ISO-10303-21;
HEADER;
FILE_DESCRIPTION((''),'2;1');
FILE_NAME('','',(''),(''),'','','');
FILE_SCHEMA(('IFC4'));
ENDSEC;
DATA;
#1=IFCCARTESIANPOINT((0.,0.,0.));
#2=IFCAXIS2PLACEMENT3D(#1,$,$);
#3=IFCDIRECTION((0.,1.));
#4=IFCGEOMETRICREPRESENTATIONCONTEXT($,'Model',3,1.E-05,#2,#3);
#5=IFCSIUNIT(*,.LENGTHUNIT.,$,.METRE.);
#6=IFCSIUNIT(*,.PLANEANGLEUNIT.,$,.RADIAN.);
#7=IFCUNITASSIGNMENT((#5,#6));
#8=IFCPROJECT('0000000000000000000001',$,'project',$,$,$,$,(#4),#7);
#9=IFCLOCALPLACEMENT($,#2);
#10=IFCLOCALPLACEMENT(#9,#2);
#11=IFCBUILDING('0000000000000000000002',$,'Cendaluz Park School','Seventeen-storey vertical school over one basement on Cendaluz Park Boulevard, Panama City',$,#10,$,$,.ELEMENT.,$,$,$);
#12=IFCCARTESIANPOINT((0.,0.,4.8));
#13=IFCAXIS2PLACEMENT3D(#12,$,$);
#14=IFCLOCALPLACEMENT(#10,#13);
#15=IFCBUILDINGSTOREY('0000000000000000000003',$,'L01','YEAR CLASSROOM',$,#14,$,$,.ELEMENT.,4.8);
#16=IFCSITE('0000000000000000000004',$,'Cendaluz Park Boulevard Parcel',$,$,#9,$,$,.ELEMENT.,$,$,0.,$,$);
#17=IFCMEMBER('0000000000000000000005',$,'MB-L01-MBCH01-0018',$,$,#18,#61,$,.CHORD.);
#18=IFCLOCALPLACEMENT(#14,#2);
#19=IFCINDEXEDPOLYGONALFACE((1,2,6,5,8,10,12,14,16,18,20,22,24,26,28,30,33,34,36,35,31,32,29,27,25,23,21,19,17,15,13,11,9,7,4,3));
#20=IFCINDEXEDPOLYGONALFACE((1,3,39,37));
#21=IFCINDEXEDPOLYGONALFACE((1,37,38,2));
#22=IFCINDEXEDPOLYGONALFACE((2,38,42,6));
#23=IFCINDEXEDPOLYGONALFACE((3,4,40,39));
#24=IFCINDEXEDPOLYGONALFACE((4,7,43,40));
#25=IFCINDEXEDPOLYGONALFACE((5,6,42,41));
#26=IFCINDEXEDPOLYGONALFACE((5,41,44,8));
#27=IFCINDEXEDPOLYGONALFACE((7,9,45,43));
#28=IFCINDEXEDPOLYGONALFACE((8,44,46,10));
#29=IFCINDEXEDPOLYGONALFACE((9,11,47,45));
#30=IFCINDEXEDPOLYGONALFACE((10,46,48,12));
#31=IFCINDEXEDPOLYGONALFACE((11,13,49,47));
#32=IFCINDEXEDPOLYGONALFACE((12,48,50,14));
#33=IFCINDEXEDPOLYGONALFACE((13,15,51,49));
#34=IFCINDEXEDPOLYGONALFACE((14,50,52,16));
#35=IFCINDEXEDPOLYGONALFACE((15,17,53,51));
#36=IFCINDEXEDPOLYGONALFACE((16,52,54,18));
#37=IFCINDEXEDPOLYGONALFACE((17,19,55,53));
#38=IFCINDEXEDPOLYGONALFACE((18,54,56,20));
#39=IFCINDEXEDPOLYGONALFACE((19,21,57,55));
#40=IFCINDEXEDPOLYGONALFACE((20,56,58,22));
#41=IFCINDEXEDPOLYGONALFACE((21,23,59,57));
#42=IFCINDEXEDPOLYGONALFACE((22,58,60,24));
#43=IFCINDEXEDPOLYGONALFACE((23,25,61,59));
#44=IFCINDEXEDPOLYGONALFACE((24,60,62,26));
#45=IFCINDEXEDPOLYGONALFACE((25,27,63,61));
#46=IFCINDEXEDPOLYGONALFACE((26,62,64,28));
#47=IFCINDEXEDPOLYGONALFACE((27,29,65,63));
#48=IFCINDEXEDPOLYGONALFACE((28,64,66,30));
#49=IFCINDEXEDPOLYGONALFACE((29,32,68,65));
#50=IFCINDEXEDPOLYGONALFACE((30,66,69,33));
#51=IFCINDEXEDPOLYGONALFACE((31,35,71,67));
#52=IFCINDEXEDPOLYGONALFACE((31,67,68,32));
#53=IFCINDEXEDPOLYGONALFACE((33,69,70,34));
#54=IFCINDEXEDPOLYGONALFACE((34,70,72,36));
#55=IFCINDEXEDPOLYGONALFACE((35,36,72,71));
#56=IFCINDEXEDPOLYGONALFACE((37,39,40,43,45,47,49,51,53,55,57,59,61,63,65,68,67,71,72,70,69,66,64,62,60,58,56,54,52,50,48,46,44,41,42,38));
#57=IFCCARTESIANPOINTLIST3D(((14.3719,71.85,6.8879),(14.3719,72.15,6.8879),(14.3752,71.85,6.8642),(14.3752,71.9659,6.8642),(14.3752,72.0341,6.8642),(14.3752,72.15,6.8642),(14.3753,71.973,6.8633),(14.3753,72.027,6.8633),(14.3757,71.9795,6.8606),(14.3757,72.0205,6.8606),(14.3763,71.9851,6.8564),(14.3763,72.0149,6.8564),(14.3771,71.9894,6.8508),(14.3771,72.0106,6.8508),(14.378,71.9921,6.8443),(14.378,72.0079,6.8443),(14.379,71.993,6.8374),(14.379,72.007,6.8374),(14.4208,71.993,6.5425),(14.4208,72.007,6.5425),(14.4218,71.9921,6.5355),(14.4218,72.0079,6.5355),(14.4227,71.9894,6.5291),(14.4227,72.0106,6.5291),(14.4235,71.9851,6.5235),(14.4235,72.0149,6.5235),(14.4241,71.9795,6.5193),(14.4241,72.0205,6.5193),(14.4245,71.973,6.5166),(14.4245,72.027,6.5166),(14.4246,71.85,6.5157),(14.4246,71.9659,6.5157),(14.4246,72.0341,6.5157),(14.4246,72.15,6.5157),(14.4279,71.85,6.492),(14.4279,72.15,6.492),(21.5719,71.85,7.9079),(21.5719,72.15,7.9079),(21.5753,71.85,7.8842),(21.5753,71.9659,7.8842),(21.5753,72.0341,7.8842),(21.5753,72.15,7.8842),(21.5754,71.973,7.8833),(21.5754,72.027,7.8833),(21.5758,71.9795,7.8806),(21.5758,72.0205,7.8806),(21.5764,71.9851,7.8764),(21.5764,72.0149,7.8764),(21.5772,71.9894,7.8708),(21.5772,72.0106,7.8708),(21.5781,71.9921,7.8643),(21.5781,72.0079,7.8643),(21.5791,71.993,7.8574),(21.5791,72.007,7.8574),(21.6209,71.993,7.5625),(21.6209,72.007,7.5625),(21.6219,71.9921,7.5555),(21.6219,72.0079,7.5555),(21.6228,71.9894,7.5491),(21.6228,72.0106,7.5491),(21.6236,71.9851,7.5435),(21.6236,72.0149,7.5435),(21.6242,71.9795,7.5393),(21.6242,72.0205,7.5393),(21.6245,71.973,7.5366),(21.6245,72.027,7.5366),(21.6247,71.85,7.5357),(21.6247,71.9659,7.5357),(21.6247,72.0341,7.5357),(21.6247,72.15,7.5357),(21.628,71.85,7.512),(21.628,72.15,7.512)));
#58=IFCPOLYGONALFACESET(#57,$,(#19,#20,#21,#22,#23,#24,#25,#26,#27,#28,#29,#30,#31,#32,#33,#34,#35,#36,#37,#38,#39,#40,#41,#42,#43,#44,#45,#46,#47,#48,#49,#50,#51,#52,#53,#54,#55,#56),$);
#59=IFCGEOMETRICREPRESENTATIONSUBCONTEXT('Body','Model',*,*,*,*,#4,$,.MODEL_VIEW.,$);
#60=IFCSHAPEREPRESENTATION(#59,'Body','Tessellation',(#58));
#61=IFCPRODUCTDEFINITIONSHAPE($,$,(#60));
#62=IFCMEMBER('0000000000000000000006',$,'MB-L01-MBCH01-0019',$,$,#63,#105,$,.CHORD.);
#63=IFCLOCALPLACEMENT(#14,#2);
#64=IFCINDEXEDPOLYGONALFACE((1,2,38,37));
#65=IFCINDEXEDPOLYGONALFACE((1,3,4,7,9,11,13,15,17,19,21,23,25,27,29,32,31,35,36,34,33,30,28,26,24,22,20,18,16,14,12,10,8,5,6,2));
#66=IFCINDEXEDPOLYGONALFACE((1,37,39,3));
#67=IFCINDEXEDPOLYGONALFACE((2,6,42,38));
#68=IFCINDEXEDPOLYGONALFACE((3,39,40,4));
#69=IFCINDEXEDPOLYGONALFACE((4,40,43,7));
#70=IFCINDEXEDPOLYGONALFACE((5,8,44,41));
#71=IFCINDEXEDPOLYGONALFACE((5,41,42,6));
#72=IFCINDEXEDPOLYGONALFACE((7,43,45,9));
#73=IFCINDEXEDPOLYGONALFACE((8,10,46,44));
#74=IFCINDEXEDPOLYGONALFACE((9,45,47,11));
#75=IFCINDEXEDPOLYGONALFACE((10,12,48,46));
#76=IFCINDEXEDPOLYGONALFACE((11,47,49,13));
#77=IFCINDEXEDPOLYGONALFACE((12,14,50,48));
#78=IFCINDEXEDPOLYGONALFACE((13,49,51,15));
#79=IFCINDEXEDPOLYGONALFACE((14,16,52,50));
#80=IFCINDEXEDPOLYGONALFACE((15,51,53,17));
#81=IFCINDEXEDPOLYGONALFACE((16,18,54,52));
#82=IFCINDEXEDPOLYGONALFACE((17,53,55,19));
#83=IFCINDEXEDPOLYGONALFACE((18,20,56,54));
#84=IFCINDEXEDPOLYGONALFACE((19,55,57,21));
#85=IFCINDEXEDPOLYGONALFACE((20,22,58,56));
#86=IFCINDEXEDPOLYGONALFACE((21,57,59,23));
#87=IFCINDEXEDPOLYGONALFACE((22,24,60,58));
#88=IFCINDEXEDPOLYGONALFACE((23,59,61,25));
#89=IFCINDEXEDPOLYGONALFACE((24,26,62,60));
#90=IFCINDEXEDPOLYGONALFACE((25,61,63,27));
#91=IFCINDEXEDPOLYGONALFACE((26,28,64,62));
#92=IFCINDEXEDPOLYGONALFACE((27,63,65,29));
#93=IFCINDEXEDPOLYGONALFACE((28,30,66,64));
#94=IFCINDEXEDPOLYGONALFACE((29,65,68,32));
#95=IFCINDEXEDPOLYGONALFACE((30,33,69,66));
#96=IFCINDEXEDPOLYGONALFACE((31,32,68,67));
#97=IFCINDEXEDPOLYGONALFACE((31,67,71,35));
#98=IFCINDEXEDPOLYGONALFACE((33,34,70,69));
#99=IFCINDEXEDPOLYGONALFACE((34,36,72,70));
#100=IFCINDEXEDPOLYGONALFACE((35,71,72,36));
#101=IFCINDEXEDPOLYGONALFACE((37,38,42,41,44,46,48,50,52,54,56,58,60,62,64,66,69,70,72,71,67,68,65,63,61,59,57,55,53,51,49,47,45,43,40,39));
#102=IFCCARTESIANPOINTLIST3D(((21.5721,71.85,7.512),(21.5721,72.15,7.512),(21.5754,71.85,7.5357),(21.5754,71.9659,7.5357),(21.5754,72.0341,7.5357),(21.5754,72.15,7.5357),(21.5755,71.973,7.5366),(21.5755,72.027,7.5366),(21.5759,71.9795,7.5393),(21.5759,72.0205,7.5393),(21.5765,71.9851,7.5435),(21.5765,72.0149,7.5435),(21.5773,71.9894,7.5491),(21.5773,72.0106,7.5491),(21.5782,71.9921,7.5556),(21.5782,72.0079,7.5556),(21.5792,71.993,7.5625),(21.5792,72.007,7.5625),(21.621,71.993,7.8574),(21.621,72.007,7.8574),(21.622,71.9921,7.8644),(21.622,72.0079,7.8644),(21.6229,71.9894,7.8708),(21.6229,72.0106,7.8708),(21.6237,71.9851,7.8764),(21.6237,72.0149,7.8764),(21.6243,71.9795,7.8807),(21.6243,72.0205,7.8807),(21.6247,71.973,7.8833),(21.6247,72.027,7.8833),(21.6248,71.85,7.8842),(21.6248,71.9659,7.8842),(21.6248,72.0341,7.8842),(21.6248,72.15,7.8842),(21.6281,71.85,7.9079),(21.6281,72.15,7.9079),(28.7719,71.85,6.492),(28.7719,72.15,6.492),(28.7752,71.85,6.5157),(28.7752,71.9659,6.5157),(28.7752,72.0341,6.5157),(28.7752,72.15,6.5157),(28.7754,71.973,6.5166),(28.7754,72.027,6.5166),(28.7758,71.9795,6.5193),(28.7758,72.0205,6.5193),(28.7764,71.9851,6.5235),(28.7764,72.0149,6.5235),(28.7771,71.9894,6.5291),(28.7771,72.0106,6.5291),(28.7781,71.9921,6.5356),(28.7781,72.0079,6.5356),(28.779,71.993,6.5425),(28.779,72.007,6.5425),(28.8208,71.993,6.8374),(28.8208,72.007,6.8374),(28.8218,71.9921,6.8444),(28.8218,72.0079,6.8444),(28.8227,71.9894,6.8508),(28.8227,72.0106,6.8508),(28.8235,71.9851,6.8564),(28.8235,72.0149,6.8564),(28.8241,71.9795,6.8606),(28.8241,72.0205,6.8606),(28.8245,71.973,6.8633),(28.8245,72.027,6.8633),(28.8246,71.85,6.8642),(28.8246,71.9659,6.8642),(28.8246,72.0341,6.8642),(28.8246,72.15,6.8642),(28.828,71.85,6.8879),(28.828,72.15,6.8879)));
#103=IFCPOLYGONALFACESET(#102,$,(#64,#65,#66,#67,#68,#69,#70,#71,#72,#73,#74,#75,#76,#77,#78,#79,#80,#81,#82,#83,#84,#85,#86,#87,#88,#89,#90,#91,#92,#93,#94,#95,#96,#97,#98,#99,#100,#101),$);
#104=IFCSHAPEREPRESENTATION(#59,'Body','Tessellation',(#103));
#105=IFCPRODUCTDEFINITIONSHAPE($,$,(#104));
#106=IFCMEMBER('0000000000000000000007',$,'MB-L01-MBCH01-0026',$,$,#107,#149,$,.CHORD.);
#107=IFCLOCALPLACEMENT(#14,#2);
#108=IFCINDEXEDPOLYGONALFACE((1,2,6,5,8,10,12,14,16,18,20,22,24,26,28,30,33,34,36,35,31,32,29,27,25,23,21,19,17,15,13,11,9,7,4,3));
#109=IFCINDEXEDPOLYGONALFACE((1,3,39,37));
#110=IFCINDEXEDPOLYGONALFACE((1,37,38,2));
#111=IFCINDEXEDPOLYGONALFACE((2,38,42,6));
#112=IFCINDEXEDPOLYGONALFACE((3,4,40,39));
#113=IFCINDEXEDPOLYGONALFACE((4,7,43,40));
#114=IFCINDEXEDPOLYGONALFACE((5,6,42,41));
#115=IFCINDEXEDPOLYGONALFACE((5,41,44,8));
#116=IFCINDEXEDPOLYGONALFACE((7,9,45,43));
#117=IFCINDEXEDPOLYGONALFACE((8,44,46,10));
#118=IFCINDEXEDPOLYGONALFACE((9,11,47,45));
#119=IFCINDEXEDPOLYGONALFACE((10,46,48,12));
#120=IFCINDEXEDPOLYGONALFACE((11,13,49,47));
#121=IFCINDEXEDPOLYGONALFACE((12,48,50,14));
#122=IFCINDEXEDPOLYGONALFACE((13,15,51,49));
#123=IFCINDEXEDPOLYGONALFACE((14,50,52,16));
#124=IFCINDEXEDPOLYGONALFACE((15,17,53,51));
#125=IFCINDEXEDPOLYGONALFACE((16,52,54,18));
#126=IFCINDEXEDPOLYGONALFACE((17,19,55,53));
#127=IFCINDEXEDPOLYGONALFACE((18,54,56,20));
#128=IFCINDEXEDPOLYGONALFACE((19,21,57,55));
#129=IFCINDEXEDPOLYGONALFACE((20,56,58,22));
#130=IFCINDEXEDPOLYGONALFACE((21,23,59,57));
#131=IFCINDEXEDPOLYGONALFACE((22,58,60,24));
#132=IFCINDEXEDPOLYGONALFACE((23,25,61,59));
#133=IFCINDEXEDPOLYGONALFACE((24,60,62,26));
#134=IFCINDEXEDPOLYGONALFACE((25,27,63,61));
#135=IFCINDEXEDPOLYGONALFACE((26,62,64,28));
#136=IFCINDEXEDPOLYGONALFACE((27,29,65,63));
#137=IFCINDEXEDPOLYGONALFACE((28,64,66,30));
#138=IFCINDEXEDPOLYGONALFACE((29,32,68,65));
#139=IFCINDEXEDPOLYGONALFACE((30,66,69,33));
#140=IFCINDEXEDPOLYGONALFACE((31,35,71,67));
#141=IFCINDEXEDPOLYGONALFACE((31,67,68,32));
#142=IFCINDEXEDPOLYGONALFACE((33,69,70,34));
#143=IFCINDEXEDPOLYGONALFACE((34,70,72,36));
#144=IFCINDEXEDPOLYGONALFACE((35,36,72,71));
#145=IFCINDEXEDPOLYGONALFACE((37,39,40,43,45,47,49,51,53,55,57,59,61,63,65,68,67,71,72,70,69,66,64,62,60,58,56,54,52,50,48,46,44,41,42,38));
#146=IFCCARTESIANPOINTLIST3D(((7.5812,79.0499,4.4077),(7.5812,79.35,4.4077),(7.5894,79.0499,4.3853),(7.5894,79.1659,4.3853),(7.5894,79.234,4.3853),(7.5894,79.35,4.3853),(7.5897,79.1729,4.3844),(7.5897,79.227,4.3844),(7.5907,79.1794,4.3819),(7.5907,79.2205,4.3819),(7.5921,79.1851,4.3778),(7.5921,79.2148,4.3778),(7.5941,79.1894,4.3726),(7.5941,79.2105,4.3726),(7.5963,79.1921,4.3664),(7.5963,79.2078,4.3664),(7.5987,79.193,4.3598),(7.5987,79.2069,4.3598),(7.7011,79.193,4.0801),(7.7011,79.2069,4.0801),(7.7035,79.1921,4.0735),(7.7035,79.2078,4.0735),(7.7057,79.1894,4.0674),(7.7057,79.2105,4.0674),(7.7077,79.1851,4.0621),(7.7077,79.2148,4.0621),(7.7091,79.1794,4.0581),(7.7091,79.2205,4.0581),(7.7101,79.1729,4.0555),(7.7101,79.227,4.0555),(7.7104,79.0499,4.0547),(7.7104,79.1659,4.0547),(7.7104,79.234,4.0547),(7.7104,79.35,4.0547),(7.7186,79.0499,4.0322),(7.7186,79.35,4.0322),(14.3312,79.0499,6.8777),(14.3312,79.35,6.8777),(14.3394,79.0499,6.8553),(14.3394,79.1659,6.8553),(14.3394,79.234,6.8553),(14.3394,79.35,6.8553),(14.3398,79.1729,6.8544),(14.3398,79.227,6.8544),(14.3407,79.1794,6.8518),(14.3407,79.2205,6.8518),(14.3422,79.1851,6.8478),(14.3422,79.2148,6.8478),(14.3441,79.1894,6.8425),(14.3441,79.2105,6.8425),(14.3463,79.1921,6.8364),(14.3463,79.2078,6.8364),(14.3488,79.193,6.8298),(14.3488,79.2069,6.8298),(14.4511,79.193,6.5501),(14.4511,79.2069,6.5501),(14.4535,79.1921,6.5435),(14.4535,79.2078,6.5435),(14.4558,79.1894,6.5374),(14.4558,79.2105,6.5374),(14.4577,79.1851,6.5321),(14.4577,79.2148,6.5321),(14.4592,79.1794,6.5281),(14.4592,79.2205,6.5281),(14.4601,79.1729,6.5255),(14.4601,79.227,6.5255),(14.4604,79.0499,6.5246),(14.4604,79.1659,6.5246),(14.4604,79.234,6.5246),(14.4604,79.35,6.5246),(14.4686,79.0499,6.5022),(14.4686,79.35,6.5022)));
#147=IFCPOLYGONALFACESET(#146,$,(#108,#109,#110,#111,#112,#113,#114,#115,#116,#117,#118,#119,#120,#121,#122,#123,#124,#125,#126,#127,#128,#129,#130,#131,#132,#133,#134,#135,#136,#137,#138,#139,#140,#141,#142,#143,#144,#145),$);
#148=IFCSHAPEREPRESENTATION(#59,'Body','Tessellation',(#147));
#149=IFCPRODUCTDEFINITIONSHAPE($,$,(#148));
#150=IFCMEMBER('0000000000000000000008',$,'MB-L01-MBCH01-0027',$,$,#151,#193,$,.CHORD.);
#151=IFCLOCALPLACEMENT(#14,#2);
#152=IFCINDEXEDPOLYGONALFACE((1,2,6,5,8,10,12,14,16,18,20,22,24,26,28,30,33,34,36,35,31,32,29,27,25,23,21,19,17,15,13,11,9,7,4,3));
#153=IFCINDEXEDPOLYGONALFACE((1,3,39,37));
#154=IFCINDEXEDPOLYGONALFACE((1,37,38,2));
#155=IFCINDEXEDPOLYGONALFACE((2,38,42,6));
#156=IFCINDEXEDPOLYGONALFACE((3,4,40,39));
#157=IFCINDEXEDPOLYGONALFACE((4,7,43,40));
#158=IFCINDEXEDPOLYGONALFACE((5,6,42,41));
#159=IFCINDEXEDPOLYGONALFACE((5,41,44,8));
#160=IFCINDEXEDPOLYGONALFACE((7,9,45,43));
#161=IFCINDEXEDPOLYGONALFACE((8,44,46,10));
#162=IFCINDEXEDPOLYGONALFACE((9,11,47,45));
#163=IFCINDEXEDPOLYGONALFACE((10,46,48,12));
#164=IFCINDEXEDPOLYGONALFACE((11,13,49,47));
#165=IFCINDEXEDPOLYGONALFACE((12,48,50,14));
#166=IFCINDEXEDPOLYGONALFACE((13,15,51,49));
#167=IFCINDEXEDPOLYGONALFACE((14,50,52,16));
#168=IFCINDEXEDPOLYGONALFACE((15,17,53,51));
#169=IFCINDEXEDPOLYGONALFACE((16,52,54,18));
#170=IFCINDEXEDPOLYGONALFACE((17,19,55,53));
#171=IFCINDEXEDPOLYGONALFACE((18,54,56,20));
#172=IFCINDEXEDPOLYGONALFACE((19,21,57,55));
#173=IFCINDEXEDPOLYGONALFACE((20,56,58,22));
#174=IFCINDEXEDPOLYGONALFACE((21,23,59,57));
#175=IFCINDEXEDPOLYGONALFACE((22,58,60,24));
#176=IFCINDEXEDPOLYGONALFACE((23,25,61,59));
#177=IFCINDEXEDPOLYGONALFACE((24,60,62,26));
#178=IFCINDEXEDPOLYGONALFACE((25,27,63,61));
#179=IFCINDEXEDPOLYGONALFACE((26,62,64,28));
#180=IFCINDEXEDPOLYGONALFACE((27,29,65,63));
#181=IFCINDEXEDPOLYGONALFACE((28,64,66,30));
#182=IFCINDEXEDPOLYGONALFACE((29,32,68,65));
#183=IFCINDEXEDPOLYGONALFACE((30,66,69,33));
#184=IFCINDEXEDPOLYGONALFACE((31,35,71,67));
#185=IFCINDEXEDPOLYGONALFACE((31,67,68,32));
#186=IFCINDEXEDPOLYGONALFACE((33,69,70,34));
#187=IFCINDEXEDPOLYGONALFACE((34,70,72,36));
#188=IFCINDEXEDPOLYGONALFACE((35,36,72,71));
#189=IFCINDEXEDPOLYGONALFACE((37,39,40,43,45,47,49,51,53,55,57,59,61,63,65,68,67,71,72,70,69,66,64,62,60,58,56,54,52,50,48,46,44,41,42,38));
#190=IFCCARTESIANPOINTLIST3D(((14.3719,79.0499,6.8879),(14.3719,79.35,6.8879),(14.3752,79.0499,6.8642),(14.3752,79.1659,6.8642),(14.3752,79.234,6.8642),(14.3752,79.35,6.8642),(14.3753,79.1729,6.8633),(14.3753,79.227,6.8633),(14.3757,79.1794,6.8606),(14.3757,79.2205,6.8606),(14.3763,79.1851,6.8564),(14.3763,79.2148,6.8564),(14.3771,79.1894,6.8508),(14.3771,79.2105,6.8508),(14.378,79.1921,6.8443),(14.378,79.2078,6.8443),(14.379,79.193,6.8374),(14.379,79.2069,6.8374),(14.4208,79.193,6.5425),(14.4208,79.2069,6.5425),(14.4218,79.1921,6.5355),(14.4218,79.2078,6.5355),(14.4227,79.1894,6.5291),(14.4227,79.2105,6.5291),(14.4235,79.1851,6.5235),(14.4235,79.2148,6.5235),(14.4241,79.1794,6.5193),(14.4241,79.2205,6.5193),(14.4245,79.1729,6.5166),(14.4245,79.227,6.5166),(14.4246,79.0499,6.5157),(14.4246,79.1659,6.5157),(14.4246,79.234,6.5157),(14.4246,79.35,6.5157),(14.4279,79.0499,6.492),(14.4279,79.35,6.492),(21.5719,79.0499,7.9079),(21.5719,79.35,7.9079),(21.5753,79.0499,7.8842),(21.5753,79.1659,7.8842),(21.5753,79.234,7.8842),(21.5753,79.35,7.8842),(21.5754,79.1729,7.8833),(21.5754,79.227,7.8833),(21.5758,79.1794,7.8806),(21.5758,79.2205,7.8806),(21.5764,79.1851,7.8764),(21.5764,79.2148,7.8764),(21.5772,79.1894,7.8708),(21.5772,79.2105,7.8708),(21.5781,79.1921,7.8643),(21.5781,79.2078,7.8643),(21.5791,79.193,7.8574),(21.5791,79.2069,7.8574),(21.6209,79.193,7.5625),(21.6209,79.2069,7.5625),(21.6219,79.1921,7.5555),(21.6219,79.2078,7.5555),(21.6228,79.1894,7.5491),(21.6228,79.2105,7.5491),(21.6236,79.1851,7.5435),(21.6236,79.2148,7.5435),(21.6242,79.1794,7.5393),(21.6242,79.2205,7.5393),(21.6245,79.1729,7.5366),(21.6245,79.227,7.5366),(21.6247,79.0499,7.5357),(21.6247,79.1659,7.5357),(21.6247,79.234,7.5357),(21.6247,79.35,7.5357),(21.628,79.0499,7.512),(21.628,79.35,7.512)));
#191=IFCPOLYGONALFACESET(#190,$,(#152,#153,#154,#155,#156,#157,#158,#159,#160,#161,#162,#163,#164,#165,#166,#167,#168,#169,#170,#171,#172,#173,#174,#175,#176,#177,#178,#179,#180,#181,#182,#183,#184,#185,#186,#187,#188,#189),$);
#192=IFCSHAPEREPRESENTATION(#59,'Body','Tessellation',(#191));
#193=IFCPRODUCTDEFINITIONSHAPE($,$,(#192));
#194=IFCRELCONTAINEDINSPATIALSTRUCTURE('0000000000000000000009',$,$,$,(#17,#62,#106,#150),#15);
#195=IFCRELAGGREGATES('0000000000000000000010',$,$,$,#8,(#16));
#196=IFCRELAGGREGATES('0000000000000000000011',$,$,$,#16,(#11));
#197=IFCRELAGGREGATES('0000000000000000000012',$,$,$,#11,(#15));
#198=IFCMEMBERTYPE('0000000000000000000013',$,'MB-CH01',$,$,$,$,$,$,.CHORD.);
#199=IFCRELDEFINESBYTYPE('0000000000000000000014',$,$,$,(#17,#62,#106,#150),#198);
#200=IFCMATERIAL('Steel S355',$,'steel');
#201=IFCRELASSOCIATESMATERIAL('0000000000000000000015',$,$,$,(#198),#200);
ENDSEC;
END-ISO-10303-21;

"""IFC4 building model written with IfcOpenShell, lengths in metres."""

from ifc_helpers import new_model, si_unit, direction, frame, origin, origin_2d, place, context, subcontext, project, spatial, i_section, extrude, material, material_profile, profile_set, type_object, element, save


model = new_model("IFC4")

# Units and contexts
model_context = context("Model", 3, precision=1e-05, world=origin(), true_north=direction((0.0, 1.0)))
body_context = subcontext(model_context, "Body", "Model", "MODEL_VIEW")
ifc_project = project(units=[si_unit("LENGTHUNIT", "METRE"), si_unit("PLANEANGLEUNIT", "RADIAN")], contexts=[model_context])

# Site, building, storey
site_placement = place(None, origin())
site = spatial("IfcSite", under=ifc_project, at=site_placement, Name="Cendaluz Park Boulevard Parcel", CompositionType="ELEMENT", RefElevation=0.0)
building_placement = place(site_placement, origin())
building = spatial("IfcBuilding", under=site, at=building_placement, Name="Cendaluz Park School", Description="Seventeen-storey vertical school over one basement on Cendaluz Park Boulevard, Panama City", CompositionType="ELEMENT")
storey_placement = place(building_placement, frame((0.0, 0.0, 4.8)))
storey = spatial("IfcBuildingStorey", under=building, at=storey_placement, Name="L01", Description="YEAR CLASSROOM", CompositionType="ELEMENT", Elevation=4.8)

# Shared definitions
ifc_material_1 = material(Name="Steel S355", Category="steel")

# Members
ifc_material_profile_1 = material_profile(ifc_material_1, i_section(OverallWidth=0.3, OverallDepth=0.3999, WebThickness=0.0139, FlangeThickness=0.0239, FilletRadius=0.0271, at=origin_2d()), Name="HEB 400", Category="steel")
ifc_profile_set_1 = profile_set([ifc_material_profile_1], Name="Steel S355")
member_type_1 = type_object("IfcMemberType", Name="MB-CH01", PredefinedType="CHORD", material=ifc_profile_set_1)
member_1_placement = place(storey_placement, frame((14.3999, 72.0, 6.6899), z_axis=(0.990114, 0.0, 0.140265), x_axis=(0.0, 1.0, 0.0)))
element("IfcMember", 1, at=member_1_placement, inside=storey, type_object=member_type_1, Name="MB-L01-MBCH01-0018", PredefinedType="CHORD", context=body_context, shape_type="SweptSolid", body=[
    extrude(i_section(OverallWidth=0.3, OverallDepth=0.3999, WebThickness=0.0139, FlangeThickness=0.0239, FilletRadius=0.0271, at=origin_2d()), origin(), (0.0, 0.0, 1.0), 7.272),
])
member_2_placement = place(storey_placement, frame((21.6001, 72.0, 7.71), z_axis=(0.990113, 0.0, -0.14027), x_axis=(0.0, 1.0, 0.0)))
element("IfcMember", 2, at=member_2_placement, inside=storey, type_object=member_type_1, Name="MB-L01-MBCH01-0019", PredefinedType="CHORD", context=body_context, shape_type="SweptSolid", body=[
    extrude(i_section(OverallWidth=0.3, OverallDepth=0.3999, WebThickness=0.0139, FlangeThickness=0.0239, FilletRadius=0.0271, at=origin_2d()), origin(), (0.0, 0.0, 1.0), 7.2717),
])
member_3_placement = place(storey_placement, frame((7.6499, 79.2, 4.22), z_axis=(0.939102, 0.0, 0.343638), x_axis=(0.0, 1.0, 0.0)))
element("IfcMember", 3, at=member_3_placement, inside=storey, type_object=member_type_1, Name="MB-L01-MBCH01-0026", PredefinedType="CHORD", context=body_context, shape_type="SweptSolid", body=[
    extrude(i_section(OverallWidth=0.3, OverallDepth=0.3999, WebThickness=0.0139, FlangeThickness=0.0239, FilletRadius=0.0271, at=origin_2d()), origin(), (0.0, 0.0, 1.0), 7.1877),
])
member_4_placement = place(storey_placement, frame((14.3999, 79.2, 6.6899), z_axis=(0.990114, 0.0, 0.140265), x_axis=(0.0, 1.0, 0.0)))
element("IfcMember", 4, at=member_4_placement, inside=storey, type_object=member_type_1, Name="MB-L01-MBCH01-0027", PredefinedType="CHORD", context=body_context, shape_type="SweptSolid", body=[
    extrude(i_section(OverallWidth=0.3, OverallDepth=0.3999, WebThickness=0.0139, FlangeThickness=0.0239, FilletRadius=0.0271, at=origin_2d()), origin(), (0.0, 0.0, 1.0), 7.272),
])

save(model, "model.ifc")
